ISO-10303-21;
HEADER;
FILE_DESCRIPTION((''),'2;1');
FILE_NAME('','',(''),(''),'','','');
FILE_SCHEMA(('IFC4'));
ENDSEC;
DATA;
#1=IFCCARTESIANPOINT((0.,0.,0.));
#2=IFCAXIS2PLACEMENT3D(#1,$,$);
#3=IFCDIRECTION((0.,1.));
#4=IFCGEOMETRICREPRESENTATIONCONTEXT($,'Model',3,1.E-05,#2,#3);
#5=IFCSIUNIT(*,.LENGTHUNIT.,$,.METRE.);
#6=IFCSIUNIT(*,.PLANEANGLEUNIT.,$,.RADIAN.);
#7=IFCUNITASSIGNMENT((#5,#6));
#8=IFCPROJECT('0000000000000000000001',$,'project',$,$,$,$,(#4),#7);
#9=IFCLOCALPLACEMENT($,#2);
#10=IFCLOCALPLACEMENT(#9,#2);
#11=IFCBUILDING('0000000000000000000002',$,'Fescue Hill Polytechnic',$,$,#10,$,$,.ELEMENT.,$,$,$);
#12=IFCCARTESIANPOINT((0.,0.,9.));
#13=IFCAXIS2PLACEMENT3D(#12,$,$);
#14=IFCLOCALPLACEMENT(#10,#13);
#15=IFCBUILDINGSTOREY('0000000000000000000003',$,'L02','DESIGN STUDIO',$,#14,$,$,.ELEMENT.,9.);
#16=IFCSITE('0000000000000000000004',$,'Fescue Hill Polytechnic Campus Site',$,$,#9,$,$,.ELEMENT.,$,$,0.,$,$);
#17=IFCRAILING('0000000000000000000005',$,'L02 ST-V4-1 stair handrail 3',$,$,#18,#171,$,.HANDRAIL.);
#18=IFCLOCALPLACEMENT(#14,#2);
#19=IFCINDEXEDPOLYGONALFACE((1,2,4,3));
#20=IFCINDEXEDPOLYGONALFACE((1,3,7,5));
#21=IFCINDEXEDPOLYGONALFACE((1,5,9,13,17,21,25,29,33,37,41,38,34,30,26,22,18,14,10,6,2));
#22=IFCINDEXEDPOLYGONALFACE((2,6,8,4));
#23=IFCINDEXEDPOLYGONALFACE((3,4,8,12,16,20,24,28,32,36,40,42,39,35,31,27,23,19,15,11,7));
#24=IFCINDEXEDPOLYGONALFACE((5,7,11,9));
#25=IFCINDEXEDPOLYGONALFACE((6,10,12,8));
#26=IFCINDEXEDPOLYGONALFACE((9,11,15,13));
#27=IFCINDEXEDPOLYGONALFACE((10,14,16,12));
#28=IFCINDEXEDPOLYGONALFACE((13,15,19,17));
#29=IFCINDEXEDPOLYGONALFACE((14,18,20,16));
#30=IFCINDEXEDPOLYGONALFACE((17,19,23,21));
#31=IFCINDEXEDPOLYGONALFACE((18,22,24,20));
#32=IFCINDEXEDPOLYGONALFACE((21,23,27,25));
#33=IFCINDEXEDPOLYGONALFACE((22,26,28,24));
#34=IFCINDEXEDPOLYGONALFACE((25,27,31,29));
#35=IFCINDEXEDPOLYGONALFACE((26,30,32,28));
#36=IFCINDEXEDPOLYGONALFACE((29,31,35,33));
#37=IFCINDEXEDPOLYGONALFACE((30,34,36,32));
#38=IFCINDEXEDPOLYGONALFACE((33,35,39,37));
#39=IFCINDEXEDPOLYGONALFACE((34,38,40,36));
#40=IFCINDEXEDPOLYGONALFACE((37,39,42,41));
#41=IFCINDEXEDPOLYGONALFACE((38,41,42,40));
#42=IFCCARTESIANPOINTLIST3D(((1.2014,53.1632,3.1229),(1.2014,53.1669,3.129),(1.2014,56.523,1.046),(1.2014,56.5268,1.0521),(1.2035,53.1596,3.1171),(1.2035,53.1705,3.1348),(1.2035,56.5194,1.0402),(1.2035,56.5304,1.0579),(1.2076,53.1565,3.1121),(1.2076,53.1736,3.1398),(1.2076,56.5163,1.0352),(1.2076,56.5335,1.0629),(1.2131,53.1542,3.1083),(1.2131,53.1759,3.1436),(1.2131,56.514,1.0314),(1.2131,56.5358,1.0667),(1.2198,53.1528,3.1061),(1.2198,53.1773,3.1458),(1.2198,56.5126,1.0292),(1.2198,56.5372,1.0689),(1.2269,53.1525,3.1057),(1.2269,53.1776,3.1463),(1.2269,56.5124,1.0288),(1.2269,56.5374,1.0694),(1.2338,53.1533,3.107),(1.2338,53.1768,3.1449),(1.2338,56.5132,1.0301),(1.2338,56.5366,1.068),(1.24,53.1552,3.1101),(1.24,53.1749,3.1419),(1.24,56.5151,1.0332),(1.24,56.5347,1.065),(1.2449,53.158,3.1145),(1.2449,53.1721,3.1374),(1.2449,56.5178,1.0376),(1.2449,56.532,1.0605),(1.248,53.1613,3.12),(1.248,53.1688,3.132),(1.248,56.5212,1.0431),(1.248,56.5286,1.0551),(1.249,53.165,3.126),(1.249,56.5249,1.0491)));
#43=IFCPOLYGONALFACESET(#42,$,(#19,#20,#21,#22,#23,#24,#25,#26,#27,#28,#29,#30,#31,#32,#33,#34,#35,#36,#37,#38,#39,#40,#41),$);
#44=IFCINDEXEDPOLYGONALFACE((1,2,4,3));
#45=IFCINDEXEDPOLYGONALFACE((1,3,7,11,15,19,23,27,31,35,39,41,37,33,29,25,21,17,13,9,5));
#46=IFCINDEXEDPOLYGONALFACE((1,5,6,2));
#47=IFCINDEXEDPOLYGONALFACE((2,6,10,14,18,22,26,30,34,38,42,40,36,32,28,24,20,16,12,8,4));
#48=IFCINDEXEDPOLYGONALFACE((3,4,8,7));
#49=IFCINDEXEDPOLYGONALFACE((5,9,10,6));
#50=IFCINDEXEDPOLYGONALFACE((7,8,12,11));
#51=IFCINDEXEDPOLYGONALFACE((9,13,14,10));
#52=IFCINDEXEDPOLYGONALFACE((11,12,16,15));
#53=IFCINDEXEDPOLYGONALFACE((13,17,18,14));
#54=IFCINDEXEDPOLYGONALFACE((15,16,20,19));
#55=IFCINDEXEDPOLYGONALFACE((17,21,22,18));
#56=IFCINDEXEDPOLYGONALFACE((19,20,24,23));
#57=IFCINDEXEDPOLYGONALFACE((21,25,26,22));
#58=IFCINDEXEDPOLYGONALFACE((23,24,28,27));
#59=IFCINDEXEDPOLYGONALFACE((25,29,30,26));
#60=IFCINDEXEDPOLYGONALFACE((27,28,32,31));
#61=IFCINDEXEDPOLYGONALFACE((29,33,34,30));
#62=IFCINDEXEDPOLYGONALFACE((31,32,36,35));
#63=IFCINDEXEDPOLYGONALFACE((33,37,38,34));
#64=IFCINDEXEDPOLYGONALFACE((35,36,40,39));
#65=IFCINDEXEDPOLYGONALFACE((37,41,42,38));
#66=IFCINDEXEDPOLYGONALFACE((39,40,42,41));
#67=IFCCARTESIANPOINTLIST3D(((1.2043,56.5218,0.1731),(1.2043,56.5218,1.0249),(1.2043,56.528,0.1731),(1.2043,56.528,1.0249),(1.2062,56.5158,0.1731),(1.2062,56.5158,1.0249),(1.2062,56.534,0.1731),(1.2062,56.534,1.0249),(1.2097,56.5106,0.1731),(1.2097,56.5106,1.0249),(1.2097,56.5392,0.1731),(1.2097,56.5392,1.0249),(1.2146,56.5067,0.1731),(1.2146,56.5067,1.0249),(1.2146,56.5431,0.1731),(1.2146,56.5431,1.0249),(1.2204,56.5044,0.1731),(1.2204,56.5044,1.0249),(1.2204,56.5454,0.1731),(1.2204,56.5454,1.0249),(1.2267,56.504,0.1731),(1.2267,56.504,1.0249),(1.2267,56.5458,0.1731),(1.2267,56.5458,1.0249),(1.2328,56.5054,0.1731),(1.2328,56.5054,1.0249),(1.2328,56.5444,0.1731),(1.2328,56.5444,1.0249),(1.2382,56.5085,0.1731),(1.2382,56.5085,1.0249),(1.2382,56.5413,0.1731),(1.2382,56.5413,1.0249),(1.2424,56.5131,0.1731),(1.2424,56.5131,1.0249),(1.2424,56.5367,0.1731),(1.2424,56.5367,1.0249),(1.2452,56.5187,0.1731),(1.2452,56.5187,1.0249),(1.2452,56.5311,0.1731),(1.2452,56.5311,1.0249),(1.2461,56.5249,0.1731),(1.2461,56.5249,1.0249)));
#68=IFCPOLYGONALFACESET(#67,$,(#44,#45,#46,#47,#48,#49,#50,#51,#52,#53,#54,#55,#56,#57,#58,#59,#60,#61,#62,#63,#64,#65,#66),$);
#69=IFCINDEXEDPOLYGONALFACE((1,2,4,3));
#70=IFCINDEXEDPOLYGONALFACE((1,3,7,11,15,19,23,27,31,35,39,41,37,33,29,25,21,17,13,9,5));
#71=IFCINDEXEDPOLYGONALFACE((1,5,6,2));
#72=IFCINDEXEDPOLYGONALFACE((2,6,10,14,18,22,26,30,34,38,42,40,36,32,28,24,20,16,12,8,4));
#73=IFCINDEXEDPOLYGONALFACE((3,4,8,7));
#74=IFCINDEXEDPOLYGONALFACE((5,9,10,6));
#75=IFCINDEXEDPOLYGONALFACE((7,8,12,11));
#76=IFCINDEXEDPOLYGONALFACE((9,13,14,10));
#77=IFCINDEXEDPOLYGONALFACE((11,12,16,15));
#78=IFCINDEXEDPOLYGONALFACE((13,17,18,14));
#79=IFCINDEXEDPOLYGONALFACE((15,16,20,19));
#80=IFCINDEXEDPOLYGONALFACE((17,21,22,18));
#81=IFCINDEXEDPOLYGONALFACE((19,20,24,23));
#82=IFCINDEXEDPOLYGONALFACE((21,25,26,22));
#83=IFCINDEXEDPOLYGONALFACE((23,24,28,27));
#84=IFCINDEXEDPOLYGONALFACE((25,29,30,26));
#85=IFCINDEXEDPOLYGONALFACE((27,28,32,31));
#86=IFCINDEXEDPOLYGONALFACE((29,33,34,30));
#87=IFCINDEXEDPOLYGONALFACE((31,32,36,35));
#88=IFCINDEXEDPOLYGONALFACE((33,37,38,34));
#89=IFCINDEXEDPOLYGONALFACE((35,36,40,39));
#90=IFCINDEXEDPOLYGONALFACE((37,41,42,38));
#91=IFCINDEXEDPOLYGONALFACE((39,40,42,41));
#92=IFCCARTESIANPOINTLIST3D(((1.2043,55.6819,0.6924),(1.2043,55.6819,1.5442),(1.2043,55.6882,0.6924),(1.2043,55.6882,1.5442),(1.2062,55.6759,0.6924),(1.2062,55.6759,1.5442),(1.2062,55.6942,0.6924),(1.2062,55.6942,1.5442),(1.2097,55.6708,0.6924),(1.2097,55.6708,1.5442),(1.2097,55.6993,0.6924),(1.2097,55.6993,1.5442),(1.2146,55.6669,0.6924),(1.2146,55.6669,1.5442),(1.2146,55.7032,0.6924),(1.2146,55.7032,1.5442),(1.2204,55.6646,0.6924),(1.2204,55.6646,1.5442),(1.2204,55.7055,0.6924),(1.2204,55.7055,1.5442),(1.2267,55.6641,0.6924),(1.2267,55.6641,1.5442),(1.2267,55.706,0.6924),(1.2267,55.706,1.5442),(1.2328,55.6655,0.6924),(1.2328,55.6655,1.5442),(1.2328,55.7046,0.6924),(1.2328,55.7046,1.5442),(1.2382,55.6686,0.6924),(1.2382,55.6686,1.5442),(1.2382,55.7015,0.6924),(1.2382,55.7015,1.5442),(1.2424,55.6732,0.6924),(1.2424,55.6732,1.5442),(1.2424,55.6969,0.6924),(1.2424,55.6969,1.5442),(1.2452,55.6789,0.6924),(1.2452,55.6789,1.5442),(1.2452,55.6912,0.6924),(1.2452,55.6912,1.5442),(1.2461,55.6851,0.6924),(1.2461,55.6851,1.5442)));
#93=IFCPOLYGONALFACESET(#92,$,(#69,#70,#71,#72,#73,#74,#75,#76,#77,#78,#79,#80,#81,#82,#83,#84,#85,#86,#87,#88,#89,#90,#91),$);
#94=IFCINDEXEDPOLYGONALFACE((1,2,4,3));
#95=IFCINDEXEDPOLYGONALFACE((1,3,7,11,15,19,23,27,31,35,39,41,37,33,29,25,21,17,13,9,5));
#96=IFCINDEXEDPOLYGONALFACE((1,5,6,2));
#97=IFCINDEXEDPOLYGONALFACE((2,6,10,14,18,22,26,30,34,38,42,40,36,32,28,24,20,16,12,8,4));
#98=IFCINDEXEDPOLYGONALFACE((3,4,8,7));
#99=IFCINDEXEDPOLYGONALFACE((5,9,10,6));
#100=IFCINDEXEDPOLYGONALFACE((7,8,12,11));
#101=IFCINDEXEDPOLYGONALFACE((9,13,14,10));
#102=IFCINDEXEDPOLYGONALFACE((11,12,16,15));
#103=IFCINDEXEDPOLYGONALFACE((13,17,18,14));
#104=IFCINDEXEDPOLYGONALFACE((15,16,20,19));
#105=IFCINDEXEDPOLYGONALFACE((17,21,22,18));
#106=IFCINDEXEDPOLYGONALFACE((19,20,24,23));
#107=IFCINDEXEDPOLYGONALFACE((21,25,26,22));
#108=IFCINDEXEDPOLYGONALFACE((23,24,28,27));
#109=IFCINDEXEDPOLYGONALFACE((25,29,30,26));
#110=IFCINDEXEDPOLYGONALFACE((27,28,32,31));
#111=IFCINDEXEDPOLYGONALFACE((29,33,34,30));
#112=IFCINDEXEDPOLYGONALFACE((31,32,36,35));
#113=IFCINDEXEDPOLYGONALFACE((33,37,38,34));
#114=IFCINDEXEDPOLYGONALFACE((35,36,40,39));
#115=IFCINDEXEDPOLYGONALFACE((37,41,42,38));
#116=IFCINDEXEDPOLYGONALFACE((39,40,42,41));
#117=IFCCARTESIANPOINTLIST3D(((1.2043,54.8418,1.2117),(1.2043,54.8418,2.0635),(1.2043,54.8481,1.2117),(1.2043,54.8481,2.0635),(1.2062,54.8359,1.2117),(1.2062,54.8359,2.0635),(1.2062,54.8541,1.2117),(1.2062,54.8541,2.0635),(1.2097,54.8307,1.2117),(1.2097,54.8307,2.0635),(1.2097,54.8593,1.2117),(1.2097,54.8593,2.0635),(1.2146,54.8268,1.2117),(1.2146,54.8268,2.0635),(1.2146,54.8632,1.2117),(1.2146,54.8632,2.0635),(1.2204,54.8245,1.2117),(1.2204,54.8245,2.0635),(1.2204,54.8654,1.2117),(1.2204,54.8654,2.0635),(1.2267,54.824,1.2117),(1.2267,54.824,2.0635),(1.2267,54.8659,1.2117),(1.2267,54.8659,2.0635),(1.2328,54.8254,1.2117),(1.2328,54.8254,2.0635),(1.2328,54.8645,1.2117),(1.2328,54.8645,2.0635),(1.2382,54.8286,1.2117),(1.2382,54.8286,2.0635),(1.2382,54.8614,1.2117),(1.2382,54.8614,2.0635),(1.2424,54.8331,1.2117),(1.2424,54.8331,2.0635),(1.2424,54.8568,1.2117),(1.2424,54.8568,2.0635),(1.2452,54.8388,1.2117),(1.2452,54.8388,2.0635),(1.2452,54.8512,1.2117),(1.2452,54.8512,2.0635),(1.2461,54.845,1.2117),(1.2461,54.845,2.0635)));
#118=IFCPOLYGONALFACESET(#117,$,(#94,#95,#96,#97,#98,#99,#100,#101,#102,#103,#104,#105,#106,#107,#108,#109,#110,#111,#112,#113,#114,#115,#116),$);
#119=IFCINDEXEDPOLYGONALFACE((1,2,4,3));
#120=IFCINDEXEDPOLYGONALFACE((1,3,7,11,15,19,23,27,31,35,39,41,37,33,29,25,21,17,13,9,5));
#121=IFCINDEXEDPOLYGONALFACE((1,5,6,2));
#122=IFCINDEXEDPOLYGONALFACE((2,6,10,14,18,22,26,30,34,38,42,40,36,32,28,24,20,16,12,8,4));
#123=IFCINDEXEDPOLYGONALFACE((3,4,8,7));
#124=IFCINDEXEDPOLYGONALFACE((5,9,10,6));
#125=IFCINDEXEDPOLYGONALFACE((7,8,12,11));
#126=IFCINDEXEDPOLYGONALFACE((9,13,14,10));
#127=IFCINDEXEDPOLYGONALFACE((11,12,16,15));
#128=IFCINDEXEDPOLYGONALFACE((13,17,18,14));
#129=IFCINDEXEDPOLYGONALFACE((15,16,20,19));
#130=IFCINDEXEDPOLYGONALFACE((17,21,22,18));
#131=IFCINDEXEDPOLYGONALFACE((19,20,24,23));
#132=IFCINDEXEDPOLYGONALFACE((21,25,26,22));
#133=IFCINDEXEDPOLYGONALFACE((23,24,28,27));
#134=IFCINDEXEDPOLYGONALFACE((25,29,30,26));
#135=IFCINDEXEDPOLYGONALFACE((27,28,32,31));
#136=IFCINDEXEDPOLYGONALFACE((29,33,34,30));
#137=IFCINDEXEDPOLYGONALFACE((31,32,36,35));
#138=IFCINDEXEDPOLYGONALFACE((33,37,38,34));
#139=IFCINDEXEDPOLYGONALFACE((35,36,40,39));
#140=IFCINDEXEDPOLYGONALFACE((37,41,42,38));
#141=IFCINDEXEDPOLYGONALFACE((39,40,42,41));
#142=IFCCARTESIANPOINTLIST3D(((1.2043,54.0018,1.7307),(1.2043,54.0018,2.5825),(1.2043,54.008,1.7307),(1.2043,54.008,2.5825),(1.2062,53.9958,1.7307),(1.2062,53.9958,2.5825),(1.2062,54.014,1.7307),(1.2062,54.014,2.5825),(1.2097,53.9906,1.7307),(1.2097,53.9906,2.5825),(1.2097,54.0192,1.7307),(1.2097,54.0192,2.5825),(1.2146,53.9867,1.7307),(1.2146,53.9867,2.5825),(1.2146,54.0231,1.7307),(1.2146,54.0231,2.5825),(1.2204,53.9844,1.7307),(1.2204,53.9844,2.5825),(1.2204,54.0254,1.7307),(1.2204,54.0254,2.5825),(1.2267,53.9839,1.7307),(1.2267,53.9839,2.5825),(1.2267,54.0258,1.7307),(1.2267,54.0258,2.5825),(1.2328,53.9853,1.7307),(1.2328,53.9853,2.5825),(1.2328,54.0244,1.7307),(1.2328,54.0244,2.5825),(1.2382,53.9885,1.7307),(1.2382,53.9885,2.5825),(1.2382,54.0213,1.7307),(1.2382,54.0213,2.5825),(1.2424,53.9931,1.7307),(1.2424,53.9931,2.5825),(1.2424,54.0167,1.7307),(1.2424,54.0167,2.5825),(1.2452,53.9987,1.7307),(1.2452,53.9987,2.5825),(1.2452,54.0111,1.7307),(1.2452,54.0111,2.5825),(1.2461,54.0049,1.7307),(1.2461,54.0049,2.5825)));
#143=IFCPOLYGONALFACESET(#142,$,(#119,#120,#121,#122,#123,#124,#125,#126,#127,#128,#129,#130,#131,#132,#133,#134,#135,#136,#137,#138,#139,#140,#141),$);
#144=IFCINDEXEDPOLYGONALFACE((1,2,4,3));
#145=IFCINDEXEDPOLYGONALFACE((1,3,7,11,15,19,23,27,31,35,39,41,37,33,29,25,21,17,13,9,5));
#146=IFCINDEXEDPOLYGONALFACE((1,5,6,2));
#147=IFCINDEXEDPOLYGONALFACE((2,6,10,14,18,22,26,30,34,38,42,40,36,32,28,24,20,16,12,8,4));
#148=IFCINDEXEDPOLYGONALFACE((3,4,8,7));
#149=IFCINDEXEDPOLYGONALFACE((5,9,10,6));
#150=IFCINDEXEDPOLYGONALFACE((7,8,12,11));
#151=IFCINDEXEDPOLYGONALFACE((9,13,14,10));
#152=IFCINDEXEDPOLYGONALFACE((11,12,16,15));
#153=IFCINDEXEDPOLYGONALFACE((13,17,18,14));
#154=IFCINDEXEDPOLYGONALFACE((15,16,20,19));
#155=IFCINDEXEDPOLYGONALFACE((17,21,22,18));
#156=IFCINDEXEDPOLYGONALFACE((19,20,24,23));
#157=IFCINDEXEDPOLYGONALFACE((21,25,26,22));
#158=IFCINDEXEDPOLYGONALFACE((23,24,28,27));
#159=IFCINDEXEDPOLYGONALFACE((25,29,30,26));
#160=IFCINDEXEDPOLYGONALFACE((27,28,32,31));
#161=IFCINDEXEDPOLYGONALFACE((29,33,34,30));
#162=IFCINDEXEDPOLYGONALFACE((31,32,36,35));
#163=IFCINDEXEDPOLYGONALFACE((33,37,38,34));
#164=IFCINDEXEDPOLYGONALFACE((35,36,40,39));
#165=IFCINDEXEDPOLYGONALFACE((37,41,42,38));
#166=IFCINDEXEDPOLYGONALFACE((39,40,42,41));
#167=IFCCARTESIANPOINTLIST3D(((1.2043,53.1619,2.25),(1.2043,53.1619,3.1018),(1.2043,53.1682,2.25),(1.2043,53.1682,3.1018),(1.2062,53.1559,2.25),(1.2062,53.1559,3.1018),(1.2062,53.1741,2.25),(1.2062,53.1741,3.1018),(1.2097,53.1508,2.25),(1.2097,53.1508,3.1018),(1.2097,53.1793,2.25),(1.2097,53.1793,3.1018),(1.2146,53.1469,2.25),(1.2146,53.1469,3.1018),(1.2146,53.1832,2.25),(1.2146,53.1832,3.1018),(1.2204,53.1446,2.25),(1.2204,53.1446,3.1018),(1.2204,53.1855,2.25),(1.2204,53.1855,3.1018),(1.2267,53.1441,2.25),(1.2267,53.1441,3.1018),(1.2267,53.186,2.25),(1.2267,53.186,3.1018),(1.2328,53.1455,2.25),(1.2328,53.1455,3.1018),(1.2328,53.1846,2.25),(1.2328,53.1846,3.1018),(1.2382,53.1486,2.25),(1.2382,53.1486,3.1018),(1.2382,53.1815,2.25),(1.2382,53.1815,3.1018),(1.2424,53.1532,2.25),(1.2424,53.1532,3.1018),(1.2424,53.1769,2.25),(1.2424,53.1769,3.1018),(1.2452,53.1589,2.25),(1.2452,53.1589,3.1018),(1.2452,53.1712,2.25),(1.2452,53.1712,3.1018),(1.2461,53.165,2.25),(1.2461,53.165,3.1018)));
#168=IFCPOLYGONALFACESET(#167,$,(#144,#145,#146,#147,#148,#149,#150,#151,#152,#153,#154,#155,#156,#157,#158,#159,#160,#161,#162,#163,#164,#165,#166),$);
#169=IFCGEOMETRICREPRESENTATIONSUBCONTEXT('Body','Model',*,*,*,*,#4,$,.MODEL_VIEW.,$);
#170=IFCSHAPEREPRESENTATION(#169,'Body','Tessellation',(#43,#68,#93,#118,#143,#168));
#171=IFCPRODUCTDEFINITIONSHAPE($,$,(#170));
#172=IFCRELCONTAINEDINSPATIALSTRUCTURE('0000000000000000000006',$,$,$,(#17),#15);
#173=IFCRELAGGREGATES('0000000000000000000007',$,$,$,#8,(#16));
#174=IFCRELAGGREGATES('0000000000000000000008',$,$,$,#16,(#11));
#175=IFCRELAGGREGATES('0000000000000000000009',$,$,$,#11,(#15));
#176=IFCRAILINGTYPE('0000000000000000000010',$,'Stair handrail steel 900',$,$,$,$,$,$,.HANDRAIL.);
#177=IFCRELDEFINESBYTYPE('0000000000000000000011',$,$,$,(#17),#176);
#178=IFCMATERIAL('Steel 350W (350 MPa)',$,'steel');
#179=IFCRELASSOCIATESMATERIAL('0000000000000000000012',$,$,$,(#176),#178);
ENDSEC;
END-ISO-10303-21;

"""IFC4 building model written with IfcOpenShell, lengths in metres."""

from ifc_helpers import new_model, si_unit, direction, frame, origin, origin_2d, place, context, subcontext, project, spatial, circle, extrude, material, type_object, element, save


model = new_model("IFC4")

# Units and contexts
model_context = context("Model", 3, precision=1e-05, world=origin(), true_north=direction((0.0, 1.0)))
body_context = subcontext(model_context, "Body", "Model", "MODEL_VIEW")
ifc_project = project(units=[si_unit("LENGTHUNIT", "METRE"), si_unit("PLANEANGLEUNIT", "RADIAN")], contexts=[model_context])

# Site, building, storey
site_placement = place(None, origin())
site = spatial("IfcSite", under=ifc_project, at=site_placement, Name="Fescue Hill Polytechnic Campus Site", CompositionType="ELEMENT", RefElevation=0.0)
building_placement = place(site_placement, origin())
building = spatial("IfcBuilding", under=site, at=building_placement, Name="Fescue Hill Polytechnic", CompositionType="ELEMENT")
storey_placement = place(building_placement, frame((0.0, 0.0, 9.0)))
storey = spatial("IfcBuildingStorey", under=building, at=storey_placement, Name="L02", Description="DESIGN STUDIO", CompositionType="ELEMENT", Elevation=9.0)

# Railing
ifc_material_1 = material(Name="Steel 350W (350 MPa)", Category="steel")
railing_type = type_object("IfcRailingType", Name="Stair handrail steel 900", PredefinedType="HANDRAIL", material=ifc_material_1)
for number, where, name in (
    (1, (1.2251, 56.5249, 0.1731), "L02 ST-V4-1 stair handrail 3"),
):
    element("IfcRailing", number, at=place(storey_placement, frame(where)), inside=storey, type_object=railing_type, Name=name, PredefinedType="HANDRAIL", context=body_context, shape_type="SweptSolid", body=[
        extrude(circle(Radius=0.0239, at=origin_2d()), frame((0.0, 0.0, 0.876), z_axis=(0.0, -0.850606, 0.525803), x_axis=(1.0, 0.0, 0.0)), (0.0, 0.0, 1.0), 3.95),
        extrude(circle(Radius=0.021, at=origin_2d()), origin(), (0.0, 0.0, 1.0), 0.8518),
        extrude(circle(Radius=0.021, at=origin_2d()), frame((0.0, -0.8398, 0.5193)), (0.0, 0.0, 1.0), 0.8518),
        extrude(circle(Radius=0.021, at=origin_2d()), frame((0.0, -1.6799, 1.0386)), (0.0, 0.0, 1.0), 0.8518),
        extrude(circle(Radius=0.021, at=origin_2d()), frame((0.0, -2.52, 1.5576)), (0.0, 0.0, 1.0), 0.8518),
        extrude(circle(Radius=0.021, at=origin_2d()), frame((0.0, -3.3599, 2.0769)), (0.0, 0.0, 1.0), 0.8518),
    ])

save(model, "model.ifc")
